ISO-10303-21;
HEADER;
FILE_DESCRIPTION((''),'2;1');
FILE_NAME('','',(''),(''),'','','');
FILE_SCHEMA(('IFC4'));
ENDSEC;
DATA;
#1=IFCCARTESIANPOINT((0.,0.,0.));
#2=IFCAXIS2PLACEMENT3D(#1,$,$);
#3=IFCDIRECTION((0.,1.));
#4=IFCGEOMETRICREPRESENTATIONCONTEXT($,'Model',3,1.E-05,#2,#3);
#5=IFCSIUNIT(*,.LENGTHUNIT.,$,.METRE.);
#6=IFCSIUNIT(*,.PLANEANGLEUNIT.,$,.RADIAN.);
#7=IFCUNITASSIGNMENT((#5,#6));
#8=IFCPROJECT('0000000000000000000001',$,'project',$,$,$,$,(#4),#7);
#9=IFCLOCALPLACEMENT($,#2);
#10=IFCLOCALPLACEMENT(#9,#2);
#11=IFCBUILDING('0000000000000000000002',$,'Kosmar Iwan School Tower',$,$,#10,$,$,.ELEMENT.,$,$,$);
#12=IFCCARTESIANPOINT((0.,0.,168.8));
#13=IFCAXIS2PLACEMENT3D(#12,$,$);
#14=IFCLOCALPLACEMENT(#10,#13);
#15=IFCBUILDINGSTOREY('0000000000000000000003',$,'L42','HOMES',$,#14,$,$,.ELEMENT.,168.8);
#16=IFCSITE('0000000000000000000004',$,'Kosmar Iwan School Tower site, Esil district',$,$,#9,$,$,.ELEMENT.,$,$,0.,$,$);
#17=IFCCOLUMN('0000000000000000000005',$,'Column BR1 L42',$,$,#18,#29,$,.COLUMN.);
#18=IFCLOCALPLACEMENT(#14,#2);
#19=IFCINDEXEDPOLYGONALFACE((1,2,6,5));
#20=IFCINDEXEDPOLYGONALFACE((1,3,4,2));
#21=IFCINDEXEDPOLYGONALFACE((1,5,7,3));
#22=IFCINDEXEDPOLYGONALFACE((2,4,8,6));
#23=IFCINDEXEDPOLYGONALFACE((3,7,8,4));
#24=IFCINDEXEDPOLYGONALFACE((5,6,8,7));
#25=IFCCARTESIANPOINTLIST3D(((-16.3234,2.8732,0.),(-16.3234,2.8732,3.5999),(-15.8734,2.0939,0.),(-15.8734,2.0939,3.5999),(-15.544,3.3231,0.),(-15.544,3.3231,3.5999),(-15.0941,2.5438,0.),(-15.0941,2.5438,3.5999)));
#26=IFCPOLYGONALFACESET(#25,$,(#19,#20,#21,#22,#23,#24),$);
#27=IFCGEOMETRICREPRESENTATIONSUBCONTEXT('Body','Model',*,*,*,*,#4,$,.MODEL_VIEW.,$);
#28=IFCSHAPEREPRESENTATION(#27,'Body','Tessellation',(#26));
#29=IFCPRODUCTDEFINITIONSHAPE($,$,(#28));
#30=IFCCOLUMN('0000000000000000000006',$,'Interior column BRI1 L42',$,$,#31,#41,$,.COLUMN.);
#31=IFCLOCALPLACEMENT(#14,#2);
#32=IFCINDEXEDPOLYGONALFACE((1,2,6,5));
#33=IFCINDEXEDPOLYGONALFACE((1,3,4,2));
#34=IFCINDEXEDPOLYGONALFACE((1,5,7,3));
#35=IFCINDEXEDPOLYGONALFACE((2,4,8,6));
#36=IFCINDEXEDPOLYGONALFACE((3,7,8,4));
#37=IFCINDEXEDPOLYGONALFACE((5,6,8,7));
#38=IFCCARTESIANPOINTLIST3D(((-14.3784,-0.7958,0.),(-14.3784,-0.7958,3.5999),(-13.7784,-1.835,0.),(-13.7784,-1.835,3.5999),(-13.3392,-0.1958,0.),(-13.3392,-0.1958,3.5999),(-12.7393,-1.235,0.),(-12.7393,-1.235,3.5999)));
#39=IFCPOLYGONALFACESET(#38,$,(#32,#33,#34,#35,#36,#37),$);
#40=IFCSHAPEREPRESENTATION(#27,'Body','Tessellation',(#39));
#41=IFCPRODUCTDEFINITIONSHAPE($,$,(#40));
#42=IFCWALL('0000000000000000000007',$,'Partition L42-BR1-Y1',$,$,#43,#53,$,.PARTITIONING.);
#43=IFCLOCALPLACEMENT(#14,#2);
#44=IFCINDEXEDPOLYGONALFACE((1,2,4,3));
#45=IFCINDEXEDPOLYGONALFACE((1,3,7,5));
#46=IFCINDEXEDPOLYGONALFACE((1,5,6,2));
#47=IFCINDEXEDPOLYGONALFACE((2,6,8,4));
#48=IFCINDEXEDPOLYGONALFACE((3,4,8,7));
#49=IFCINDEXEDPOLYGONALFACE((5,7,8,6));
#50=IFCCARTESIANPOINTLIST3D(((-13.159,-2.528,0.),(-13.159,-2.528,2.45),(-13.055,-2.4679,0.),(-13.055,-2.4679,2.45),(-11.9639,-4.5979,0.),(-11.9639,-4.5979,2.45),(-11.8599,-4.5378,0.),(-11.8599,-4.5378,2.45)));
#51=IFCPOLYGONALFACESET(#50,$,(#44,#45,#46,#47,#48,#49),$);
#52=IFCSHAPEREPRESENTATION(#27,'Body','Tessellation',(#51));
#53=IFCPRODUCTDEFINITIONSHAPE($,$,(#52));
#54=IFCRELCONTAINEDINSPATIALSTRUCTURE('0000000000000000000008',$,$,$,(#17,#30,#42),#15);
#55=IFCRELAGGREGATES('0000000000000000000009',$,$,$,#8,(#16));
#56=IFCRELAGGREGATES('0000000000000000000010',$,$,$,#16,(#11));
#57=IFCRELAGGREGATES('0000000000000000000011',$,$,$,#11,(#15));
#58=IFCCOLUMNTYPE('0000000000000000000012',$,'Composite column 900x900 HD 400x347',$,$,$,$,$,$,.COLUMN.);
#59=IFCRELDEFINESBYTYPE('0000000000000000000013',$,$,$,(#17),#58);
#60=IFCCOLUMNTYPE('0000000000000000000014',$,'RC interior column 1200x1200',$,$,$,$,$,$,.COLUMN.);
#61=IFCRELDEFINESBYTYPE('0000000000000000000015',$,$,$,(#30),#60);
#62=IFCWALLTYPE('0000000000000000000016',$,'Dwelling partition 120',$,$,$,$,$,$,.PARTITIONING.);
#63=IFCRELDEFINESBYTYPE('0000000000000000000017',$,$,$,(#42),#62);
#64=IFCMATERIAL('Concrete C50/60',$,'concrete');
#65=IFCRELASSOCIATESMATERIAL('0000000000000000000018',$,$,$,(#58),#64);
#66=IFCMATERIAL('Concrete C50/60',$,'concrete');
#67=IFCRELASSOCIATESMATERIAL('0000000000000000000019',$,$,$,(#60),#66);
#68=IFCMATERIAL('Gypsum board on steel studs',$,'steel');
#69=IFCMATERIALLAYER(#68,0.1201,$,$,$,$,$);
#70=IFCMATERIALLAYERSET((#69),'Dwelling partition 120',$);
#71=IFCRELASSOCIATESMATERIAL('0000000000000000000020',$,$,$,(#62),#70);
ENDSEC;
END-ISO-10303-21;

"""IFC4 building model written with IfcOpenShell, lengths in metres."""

from ifc_helpers import new_model, si_unit, direction, frame, frame_2d, origin, origin_2d, place, context, subcontext, project, spatial, rectangle, extrude, material, layer, layer_set, material_profile, profile_set, type_object, element, save


model = new_model("IFC4")

# Units and contexts
model_context = context("Model", 3, precision=1e-05, world=origin(), true_north=direction((0.0, 1.0)))
body_context = subcontext(model_context, "Body", "Model", "MODEL_VIEW")
ifc_project = project(units=[si_unit("LENGTHUNIT", "METRE"), si_unit("PLANEANGLEUNIT", "RADIAN")], contexts=[model_context])

# Site, building, storey
site_placement = place(None, origin())
site = spatial("IfcSite", under=ifc_project, at=site_placement, Name="Kosmar Iwan School Tower site, Esil district", CompositionType="ELEMENT", RefElevation=0.0)
building_placement = place(site_placement, origin())
building = spatial("IfcBuilding", under=site, at=building_placement, Name="Kosmar Iwan School Tower", CompositionType="ELEMENT")
storey_placement = place(building_placement, frame((0.0, 0.0, 168.8)))
storey = spatial("IfcBuildingStorey", under=building, at=storey_placement, Name="L42", Description="HOMES", CompositionType="ELEMENT", Elevation=168.8)

# Columns
ifc_material_1 = material(Name="Concrete C50/60", Category="concrete")
ifc_material_profile_1 = material_profile(ifc_material_1, rectangle(XDim=0.8999, YDim=0.8999, at=origin_2d()), Name="RC 900x900 + HD 400x347")
ifc_profile_set_1 = profile_set([ifc_material_profile_1], Name="Concrete C50/60")
column_type_1 = type_object("IfcColumnType", Name="Composite column 900x900 HD 400x347", PredefinedType="COLUMN", material=ifc_profile_set_1)
column_1_placement = place(storey_placement, frame((-15.7087, 2.7085, 0.0), z_axis=(0.0, 0.0, 1.0), x_axis=(-0.866025, -0.5, 0.0)))
element("IfcColumn", 1, at=column_1_placement, inside=storey, type_object=column_type_1, Name="Column BR1 L42", PredefinedType="COLUMN", context=body_context, shape_type="SweptSolid", body=[
    extrude(rectangle(XDim=0.8999, YDim=0.8999, at=origin_2d()), origin(), (0.0, 0.0, 1.0), 3.5999),
])
ifc_material_2 = material(Name="Concrete C50/60", Category="concrete")
ifc_material_profile_2 = material_profile(ifc_material_2, rectangle(XDim=1.2, YDim=1.2, at=origin_2d()), Name="RC 1200x1200")
ifc_profile_set_2 = profile_set([ifc_material_profile_2], Name="Concrete C50/60")
column_type_2 = type_object("IfcColumnType", Name="RC interior column 1200x1200", PredefinedType="COLUMN", material=ifc_profile_set_2)
column_2_placement = place(storey_placement, frame((-13.5588, -1.0154, 0.0), z_axis=(0.0, 0.0, 1.0), x_axis=(-0.866025, -0.5, 0.0)))
element("IfcColumn", 2, at=column_2_placement, inside=storey, type_object=column_type_2, Name="Interior column BRI1 L42", PredefinedType="COLUMN", context=body_context, shape_type="SweptSolid", body=[
    extrude(rectangle(XDim=1.2, YDim=1.2, at=origin_2d()), origin(), (0.0, 0.0, 1.0), 3.5999),
])

# Wall
ifc_material_3 = material(Name="Gypsum board on steel studs", Category="steel")
ifc_layer_1 = layer(ifc_material_3, 0.1201)
ifc_layer_set_1 = layer_set([ifc_layer_1], Name="Dwelling partition 120")
wall_type_1 = type_object("IfcWallType", Name="Dwelling partition 120", PredefinedType="PARTITIONING", material=ifc_layer_set_1)
wall_1_placement = place(storey_placement, frame((-11.9119, -4.5679, 0.0), z_axis=(0.0, 0.0, 1.0), x_axis=(-0.500017, 0.866015, 0.0)))
element("IfcWall", 3, at=wall_1_placement, inside=storey, type_object=wall_type_1, Name="Partition L42-BR1-Y1", PredefinedType="PARTITIONING", context=body_context, shape_type="SweptSolid", body=[
    extrude(rectangle(XDim=2.3901, YDim=0.1201, at=frame_2d((1.1951, 0.0))), origin(), (0.0, 0.0, 1.0), 2.45),
])

save(model, "model.ifc")
